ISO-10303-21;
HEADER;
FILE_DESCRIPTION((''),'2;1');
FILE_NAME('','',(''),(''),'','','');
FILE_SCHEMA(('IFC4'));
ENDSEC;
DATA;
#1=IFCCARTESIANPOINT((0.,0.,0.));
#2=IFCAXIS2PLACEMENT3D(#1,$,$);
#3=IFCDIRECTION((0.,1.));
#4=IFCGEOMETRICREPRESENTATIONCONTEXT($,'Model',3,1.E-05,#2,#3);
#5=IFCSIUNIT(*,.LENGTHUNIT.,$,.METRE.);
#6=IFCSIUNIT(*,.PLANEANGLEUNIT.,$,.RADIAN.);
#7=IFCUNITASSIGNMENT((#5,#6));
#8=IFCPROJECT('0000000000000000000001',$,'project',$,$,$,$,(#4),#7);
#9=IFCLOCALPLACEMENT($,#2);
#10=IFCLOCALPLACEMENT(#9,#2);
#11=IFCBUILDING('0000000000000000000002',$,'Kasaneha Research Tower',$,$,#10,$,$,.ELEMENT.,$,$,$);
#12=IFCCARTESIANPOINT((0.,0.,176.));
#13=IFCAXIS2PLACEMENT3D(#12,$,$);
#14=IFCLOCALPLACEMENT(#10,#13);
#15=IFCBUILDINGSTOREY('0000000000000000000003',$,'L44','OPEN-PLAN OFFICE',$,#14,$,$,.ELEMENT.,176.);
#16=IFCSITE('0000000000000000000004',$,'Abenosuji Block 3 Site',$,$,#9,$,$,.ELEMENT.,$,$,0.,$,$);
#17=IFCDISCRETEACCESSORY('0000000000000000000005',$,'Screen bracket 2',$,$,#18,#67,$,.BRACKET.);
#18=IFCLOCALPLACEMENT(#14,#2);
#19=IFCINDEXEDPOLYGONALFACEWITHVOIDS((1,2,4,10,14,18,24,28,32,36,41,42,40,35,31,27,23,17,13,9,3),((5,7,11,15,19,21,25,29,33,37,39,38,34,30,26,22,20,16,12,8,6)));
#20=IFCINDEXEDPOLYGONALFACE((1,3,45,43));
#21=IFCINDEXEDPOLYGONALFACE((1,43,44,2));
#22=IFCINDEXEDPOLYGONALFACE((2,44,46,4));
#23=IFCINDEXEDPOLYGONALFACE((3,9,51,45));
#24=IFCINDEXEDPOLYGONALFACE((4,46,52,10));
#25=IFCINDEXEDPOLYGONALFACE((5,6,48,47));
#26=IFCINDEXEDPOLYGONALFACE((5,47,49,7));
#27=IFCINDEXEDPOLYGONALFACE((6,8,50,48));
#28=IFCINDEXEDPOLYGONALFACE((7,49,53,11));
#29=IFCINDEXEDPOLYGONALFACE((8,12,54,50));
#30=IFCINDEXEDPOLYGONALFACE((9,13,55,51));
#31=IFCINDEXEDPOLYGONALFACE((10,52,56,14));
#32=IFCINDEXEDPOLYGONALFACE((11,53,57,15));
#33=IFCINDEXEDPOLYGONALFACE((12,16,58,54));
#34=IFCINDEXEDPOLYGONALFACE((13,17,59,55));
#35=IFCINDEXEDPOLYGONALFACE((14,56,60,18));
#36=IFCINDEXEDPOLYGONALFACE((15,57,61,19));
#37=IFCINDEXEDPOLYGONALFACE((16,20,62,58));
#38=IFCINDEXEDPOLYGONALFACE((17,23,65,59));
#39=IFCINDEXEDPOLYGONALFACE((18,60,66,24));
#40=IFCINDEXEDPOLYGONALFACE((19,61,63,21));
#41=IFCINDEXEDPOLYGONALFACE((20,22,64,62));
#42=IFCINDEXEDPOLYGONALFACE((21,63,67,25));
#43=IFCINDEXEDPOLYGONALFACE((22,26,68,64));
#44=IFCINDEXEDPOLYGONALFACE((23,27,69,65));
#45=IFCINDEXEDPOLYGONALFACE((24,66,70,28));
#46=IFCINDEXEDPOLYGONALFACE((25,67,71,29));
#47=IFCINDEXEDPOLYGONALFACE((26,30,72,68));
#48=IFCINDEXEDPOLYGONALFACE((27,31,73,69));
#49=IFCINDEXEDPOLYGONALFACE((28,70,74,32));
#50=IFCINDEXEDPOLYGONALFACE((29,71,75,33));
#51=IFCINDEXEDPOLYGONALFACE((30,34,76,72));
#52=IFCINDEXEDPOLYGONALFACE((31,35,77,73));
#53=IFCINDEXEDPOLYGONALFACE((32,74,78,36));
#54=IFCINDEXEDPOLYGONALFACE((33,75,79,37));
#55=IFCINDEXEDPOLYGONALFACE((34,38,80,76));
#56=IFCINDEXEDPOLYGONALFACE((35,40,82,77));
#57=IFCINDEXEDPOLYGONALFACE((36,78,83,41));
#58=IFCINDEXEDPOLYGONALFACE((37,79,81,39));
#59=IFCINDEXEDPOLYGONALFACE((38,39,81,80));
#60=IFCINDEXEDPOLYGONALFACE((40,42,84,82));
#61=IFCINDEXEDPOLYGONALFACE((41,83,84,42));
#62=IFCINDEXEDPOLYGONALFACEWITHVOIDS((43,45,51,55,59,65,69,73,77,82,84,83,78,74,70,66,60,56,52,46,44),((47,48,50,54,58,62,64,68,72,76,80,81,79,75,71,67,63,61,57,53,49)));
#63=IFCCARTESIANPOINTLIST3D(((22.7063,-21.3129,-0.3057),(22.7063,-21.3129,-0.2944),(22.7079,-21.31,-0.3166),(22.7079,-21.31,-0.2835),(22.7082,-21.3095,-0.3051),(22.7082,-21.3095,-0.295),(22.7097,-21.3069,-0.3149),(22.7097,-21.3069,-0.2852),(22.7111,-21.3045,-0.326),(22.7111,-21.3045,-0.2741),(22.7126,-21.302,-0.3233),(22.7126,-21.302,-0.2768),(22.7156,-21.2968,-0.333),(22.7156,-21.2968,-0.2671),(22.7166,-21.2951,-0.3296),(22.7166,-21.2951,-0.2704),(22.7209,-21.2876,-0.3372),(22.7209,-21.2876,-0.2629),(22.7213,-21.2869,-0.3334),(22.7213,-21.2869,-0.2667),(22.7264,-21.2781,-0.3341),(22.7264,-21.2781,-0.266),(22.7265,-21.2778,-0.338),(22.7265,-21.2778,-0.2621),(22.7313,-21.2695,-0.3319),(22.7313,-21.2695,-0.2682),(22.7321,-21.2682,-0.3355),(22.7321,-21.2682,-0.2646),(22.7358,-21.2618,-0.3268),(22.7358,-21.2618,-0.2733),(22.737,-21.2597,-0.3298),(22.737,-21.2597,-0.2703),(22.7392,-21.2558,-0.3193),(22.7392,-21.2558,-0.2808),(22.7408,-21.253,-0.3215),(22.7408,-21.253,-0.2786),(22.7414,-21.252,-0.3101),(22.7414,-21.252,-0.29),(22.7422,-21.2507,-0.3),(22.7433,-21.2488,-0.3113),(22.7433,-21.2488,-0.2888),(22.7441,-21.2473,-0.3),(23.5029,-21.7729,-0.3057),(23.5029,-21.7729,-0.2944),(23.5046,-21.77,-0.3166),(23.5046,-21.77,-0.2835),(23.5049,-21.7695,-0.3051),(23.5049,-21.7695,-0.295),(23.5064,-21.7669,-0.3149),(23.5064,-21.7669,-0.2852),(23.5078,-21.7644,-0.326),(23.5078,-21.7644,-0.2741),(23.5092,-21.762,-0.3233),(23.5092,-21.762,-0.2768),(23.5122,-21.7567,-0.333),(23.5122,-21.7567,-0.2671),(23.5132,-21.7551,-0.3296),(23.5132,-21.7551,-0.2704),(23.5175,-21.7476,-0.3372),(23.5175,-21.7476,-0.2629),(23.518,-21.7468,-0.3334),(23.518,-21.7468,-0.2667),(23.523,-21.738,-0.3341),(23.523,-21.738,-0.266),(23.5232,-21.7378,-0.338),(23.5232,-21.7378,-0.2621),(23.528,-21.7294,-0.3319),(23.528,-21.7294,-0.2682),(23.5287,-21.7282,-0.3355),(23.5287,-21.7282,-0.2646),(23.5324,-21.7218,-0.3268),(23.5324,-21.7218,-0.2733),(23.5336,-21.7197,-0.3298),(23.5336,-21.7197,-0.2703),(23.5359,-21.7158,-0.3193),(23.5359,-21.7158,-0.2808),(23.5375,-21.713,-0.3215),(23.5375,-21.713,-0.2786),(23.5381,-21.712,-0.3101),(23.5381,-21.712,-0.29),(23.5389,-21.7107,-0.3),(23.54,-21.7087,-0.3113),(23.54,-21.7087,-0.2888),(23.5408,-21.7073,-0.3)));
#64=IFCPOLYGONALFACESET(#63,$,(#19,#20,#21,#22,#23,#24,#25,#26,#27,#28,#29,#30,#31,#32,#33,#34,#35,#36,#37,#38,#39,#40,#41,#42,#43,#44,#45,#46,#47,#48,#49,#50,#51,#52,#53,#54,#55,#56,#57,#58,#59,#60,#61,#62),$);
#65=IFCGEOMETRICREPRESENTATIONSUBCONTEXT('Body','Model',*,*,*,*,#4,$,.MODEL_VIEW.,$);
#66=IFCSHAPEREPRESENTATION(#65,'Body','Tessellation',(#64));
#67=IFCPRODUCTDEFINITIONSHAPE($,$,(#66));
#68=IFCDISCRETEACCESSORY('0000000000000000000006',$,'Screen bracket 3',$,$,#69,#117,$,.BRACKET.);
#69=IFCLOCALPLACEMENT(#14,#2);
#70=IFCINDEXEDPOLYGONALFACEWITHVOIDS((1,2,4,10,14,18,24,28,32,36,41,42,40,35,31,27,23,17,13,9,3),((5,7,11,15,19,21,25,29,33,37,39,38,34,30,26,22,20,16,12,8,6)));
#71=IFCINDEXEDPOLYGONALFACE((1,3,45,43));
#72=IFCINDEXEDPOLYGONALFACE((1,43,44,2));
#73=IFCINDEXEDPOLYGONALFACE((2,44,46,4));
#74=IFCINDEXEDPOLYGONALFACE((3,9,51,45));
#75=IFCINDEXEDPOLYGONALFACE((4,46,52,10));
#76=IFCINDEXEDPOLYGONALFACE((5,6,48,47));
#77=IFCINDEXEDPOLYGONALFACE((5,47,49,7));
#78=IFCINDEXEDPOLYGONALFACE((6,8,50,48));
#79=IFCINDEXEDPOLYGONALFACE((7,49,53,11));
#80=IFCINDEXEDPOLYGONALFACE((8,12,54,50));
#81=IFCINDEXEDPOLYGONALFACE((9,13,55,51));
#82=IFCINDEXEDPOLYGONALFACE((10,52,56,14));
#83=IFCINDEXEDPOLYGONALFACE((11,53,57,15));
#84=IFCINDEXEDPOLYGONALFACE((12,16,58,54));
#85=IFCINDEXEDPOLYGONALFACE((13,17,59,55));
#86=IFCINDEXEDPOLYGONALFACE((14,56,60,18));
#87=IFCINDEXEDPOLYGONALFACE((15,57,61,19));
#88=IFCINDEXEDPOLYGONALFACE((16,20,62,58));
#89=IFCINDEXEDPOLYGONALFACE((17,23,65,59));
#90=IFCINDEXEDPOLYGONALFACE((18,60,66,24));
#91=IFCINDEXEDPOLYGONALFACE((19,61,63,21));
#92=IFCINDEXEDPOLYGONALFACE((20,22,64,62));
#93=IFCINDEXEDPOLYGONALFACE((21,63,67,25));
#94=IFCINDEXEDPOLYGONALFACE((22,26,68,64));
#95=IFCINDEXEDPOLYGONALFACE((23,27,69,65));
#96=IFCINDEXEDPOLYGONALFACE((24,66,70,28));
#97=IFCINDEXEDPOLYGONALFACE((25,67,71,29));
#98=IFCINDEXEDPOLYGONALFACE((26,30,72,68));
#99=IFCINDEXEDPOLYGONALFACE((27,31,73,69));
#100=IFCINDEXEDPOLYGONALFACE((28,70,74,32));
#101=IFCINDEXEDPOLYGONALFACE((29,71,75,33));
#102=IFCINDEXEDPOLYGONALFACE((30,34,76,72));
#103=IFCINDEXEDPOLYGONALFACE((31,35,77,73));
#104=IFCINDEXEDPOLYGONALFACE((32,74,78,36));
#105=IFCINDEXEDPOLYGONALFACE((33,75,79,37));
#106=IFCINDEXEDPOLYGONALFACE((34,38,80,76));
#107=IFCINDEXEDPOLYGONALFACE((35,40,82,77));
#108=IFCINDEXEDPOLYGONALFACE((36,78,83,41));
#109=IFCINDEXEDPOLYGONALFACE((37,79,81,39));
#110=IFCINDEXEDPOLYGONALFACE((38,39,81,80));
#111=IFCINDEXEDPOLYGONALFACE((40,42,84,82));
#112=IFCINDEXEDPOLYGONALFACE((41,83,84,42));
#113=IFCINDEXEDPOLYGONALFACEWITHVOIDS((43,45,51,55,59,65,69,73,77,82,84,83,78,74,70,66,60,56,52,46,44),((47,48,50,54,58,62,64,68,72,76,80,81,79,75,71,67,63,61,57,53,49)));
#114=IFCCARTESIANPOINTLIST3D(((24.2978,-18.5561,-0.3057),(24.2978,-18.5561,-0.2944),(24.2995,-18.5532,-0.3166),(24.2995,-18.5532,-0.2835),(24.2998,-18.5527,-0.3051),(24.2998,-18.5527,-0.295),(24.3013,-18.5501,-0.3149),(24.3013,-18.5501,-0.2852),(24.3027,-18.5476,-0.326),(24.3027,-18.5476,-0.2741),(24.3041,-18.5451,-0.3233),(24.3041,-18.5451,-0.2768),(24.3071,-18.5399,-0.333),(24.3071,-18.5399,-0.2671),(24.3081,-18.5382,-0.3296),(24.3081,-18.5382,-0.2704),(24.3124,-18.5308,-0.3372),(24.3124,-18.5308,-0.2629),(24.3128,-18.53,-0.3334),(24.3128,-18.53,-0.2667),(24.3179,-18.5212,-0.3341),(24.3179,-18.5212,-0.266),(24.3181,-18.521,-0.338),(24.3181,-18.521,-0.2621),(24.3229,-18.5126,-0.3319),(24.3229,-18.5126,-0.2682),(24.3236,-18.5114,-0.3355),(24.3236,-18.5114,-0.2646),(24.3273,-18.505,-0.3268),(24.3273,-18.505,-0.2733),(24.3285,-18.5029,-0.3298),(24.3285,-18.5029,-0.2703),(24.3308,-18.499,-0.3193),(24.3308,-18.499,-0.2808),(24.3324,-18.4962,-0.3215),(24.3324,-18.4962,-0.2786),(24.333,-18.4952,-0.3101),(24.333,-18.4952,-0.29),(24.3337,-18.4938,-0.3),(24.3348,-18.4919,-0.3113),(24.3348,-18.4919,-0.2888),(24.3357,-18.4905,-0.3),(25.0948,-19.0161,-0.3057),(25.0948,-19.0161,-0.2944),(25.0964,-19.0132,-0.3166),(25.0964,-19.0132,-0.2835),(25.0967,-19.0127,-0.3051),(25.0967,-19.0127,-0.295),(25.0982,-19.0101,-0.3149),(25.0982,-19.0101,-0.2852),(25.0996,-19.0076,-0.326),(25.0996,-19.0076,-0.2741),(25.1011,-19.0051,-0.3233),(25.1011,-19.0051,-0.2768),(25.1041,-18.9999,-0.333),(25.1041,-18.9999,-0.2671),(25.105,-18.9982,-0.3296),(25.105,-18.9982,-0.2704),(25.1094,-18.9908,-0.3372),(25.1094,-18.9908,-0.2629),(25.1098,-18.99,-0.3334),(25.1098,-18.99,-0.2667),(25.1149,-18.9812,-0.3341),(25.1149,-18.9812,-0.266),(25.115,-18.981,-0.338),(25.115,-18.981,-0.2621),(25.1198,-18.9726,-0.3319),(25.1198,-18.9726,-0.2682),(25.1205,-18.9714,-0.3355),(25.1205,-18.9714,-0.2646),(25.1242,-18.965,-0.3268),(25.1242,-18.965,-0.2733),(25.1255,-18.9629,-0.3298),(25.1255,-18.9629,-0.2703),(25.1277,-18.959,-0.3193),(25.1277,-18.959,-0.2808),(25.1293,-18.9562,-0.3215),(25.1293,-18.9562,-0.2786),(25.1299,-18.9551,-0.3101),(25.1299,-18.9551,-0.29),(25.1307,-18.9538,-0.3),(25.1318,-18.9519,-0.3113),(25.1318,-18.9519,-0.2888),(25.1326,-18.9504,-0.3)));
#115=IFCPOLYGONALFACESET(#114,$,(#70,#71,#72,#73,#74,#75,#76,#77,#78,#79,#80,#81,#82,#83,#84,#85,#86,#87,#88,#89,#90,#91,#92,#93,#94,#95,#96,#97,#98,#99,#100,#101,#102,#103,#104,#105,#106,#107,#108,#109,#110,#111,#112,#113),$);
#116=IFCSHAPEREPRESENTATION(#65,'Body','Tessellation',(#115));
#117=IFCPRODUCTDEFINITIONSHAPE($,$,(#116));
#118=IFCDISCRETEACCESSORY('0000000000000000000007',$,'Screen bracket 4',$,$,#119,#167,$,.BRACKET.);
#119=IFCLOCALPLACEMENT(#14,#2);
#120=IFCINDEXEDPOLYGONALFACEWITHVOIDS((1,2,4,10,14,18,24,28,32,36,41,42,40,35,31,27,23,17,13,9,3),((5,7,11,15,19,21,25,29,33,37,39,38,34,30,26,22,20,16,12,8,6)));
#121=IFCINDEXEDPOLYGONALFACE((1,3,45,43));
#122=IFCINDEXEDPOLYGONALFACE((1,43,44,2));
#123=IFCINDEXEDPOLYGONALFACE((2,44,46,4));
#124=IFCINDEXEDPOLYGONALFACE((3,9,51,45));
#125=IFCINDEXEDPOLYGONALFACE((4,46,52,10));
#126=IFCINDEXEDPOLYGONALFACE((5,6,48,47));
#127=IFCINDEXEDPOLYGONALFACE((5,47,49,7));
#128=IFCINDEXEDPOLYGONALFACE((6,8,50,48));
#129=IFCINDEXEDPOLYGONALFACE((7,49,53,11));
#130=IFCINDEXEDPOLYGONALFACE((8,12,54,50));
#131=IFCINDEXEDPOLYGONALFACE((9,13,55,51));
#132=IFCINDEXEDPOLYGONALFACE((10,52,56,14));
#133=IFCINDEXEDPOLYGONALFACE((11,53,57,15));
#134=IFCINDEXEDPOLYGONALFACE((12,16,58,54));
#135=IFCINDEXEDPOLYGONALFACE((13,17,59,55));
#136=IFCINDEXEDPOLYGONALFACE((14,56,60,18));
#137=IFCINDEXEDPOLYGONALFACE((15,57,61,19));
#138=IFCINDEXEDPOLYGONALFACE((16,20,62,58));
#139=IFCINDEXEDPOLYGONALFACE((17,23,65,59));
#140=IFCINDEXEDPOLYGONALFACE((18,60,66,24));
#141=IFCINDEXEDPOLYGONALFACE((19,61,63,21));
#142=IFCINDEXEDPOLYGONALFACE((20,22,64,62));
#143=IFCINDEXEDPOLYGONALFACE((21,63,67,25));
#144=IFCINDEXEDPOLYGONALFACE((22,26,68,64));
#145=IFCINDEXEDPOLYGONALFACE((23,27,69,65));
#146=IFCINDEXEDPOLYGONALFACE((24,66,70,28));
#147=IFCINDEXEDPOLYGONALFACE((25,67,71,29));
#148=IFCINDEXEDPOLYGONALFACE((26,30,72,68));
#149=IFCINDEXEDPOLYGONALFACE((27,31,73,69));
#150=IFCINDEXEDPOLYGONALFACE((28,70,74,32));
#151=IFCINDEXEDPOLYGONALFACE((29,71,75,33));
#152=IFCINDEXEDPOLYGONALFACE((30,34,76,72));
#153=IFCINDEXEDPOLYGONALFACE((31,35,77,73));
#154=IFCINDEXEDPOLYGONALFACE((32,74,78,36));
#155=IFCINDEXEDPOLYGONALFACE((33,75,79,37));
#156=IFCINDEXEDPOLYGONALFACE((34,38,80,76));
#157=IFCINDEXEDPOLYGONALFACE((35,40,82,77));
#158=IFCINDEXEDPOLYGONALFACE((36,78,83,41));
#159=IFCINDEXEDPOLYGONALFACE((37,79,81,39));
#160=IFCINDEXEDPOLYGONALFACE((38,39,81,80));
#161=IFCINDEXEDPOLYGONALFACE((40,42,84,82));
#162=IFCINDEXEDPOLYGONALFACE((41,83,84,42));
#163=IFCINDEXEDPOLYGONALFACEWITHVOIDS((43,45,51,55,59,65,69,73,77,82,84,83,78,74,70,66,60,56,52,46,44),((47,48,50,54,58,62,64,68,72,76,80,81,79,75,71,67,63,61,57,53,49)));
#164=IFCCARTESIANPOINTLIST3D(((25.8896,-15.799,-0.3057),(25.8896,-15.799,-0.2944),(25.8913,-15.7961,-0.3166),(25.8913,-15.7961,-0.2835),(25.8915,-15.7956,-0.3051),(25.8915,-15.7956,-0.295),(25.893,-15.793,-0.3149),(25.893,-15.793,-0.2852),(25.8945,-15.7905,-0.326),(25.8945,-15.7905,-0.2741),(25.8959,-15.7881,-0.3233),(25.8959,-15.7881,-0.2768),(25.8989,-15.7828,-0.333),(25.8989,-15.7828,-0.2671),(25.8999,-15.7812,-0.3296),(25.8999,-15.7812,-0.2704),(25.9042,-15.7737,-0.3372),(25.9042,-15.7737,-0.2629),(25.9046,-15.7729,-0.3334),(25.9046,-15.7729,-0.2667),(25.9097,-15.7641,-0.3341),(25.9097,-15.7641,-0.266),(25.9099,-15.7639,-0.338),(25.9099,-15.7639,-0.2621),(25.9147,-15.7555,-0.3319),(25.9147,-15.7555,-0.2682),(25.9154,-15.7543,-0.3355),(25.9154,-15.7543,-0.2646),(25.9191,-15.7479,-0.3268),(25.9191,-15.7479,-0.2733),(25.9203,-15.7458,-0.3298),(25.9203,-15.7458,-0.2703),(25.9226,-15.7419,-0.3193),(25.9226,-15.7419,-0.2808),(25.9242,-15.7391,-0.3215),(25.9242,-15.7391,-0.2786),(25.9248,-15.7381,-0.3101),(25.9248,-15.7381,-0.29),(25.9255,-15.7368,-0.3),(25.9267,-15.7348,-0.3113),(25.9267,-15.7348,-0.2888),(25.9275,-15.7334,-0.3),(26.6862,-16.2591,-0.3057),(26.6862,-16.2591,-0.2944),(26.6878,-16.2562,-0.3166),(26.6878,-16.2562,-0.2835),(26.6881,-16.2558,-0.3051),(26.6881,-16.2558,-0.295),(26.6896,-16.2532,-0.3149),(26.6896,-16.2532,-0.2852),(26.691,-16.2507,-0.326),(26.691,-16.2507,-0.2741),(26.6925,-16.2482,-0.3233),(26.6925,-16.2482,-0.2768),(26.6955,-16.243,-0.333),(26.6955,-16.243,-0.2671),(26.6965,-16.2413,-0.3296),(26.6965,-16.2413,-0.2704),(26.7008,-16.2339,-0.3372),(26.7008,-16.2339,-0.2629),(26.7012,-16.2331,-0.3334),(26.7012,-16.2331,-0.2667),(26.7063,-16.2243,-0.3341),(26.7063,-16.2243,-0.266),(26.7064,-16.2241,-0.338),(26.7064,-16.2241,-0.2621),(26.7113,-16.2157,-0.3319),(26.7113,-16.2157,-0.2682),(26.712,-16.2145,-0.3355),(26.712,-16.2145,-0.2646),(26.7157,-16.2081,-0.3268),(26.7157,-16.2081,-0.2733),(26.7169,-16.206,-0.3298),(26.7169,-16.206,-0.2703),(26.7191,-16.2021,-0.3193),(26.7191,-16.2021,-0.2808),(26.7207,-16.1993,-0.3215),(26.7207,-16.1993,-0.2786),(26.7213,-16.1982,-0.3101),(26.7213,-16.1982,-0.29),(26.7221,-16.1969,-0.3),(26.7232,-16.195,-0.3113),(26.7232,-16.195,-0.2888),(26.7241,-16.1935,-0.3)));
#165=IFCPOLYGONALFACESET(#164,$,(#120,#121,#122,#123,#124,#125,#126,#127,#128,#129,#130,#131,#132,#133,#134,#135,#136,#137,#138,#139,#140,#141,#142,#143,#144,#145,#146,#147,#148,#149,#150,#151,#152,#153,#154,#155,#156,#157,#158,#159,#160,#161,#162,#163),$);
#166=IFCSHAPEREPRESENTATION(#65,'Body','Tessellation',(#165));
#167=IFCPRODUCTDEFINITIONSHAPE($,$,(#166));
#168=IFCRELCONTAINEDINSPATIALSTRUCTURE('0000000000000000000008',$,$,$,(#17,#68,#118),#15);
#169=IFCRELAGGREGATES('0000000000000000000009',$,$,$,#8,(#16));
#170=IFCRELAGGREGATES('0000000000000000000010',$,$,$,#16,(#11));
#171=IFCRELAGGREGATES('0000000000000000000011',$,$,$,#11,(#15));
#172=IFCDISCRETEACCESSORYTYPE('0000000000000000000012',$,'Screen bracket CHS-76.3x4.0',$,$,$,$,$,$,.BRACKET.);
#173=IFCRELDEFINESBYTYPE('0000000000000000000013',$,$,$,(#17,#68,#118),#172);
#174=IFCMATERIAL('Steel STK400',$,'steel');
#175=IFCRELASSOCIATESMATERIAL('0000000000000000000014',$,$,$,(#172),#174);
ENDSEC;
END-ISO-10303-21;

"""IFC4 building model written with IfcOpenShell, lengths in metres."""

from ifc_helpers import new_model, si_unit, direction, frame, origin, origin_2d, place, context, subcontext, project, spatial, hollow_circle, extrude, material, material_profile, profile_set, type_object, element, save


model = new_model("IFC4")

# Units and contexts
model_context = context("Model", 3, precision=1e-05, world=origin(), true_north=direction((0.0, 1.0)))
body_context = subcontext(model_context, "Body", "Model", "MODEL_VIEW")
ifc_project = project(units=[si_unit("LENGTHUNIT", "METRE"), si_unit("PLANEANGLEUNIT", "RADIAN")], contexts=[model_context])

# Site, building, storey
site_placement = place(None, origin())
site = spatial("IfcSite", under=ifc_project, at=site_placement, Name="Abenosuji Block 3 Site", CompositionType="ELEMENT", RefElevation=0.0)
building_placement = place(site_placement, origin())
building = spatial("IfcBuilding", under=site, at=building_placement, Name="Kasaneha Research Tower", CompositionType="ELEMENT")
storey_placement = place(building_placement, frame((0.0, 0.0, 176.0)))
storey = spatial("IfcBuildingStorey", under=building, at=storey_placement, Name="L44", Description="OPEN-PLAN OFFICE", CompositionType="ELEMENT", Elevation=176.0)

# Discrete accessories
ifc_material_1 = material(Name="Steel STK400", Category="steel")
ifc_material_profile_1 = material_profile(ifc_material_1, hollow_circle(Radius=0.0381, WallThickness=0.0039, at=origin_2d()), Name="CHS-76.3x4.0")
ifc_profile_set_1 = profile_set([ifc_material_profile_1], Name="Steel STK400")
discrete_accessory_type = type_object("IfcDiscreteAccessoryType", Name="Screen bracket CHS-76.3x4.0", PredefinedType="BRACKET", material=ifc_profile_set_1)
discrete_accessory_1_placement = place(storey_placement, frame((22.7251, -21.2803, -0.3), z_axis=(0.866013, -0.500021, 0.0), x_axis=(0.500021, 0.866013, 0.0)))
element("IfcDiscreteAccessory", 1, at=discrete_accessory_1_placement, inside=storey, type_object=discrete_accessory_type, Name="Screen bracket 2", PredefinedType="BRACKET", context=body_context, shape_type="SweptSolid", body=[
    extrude(hollow_circle(Radius=0.0381, WallThickness=0.0039, at=origin_2d()), origin(), (0.0, 0.0, 1.0), 0.9199),
])
discrete_accessory_2_placement = place(storey_placement, frame((24.3167, -18.5234, -0.3), z_axis=(0.86608, -0.499906, 0.0), x_axis=(0.499906, 0.86608, 0.0)))
element("IfcDiscreteAccessory", 2, at=discrete_accessory_2_placement, inside=storey, type_object=discrete_accessory_type, Name="Screen bracket 3", PredefinedType="BRACKET", context=body_context, shape_type="SweptSolid", body=[
    extrude(hollow_circle(Radius=0.0381, WallThickness=0.0039, at=origin_2d()), origin(), (0.0, 0.0, 1.0), 0.9202),
])
for number, where, z_axis, x_axis, name in (
    (3, (25.9084, -15.7664, -0.3), (0.865898, -0.50022, 0.0), (0.50022, 0.865898, 0.0), "Screen bracket 4"),
):
    element("IfcDiscreteAccessory", number, at=place(storey_placement, frame(where, z_axis=z_axis, x_axis=x_axis)), inside=storey, type_object=discrete_accessory_type, Name=name, PredefinedType="BRACKET", context=body_context, shape_type="SweptSolid", body=[
        extrude(hollow_circle(Radius=0.0381, WallThickness=0.0039, at=origin_2d()), origin(), (0.0, 0.0, 1.0), 0.9199),
    ])

save(model, "model.ifc")
